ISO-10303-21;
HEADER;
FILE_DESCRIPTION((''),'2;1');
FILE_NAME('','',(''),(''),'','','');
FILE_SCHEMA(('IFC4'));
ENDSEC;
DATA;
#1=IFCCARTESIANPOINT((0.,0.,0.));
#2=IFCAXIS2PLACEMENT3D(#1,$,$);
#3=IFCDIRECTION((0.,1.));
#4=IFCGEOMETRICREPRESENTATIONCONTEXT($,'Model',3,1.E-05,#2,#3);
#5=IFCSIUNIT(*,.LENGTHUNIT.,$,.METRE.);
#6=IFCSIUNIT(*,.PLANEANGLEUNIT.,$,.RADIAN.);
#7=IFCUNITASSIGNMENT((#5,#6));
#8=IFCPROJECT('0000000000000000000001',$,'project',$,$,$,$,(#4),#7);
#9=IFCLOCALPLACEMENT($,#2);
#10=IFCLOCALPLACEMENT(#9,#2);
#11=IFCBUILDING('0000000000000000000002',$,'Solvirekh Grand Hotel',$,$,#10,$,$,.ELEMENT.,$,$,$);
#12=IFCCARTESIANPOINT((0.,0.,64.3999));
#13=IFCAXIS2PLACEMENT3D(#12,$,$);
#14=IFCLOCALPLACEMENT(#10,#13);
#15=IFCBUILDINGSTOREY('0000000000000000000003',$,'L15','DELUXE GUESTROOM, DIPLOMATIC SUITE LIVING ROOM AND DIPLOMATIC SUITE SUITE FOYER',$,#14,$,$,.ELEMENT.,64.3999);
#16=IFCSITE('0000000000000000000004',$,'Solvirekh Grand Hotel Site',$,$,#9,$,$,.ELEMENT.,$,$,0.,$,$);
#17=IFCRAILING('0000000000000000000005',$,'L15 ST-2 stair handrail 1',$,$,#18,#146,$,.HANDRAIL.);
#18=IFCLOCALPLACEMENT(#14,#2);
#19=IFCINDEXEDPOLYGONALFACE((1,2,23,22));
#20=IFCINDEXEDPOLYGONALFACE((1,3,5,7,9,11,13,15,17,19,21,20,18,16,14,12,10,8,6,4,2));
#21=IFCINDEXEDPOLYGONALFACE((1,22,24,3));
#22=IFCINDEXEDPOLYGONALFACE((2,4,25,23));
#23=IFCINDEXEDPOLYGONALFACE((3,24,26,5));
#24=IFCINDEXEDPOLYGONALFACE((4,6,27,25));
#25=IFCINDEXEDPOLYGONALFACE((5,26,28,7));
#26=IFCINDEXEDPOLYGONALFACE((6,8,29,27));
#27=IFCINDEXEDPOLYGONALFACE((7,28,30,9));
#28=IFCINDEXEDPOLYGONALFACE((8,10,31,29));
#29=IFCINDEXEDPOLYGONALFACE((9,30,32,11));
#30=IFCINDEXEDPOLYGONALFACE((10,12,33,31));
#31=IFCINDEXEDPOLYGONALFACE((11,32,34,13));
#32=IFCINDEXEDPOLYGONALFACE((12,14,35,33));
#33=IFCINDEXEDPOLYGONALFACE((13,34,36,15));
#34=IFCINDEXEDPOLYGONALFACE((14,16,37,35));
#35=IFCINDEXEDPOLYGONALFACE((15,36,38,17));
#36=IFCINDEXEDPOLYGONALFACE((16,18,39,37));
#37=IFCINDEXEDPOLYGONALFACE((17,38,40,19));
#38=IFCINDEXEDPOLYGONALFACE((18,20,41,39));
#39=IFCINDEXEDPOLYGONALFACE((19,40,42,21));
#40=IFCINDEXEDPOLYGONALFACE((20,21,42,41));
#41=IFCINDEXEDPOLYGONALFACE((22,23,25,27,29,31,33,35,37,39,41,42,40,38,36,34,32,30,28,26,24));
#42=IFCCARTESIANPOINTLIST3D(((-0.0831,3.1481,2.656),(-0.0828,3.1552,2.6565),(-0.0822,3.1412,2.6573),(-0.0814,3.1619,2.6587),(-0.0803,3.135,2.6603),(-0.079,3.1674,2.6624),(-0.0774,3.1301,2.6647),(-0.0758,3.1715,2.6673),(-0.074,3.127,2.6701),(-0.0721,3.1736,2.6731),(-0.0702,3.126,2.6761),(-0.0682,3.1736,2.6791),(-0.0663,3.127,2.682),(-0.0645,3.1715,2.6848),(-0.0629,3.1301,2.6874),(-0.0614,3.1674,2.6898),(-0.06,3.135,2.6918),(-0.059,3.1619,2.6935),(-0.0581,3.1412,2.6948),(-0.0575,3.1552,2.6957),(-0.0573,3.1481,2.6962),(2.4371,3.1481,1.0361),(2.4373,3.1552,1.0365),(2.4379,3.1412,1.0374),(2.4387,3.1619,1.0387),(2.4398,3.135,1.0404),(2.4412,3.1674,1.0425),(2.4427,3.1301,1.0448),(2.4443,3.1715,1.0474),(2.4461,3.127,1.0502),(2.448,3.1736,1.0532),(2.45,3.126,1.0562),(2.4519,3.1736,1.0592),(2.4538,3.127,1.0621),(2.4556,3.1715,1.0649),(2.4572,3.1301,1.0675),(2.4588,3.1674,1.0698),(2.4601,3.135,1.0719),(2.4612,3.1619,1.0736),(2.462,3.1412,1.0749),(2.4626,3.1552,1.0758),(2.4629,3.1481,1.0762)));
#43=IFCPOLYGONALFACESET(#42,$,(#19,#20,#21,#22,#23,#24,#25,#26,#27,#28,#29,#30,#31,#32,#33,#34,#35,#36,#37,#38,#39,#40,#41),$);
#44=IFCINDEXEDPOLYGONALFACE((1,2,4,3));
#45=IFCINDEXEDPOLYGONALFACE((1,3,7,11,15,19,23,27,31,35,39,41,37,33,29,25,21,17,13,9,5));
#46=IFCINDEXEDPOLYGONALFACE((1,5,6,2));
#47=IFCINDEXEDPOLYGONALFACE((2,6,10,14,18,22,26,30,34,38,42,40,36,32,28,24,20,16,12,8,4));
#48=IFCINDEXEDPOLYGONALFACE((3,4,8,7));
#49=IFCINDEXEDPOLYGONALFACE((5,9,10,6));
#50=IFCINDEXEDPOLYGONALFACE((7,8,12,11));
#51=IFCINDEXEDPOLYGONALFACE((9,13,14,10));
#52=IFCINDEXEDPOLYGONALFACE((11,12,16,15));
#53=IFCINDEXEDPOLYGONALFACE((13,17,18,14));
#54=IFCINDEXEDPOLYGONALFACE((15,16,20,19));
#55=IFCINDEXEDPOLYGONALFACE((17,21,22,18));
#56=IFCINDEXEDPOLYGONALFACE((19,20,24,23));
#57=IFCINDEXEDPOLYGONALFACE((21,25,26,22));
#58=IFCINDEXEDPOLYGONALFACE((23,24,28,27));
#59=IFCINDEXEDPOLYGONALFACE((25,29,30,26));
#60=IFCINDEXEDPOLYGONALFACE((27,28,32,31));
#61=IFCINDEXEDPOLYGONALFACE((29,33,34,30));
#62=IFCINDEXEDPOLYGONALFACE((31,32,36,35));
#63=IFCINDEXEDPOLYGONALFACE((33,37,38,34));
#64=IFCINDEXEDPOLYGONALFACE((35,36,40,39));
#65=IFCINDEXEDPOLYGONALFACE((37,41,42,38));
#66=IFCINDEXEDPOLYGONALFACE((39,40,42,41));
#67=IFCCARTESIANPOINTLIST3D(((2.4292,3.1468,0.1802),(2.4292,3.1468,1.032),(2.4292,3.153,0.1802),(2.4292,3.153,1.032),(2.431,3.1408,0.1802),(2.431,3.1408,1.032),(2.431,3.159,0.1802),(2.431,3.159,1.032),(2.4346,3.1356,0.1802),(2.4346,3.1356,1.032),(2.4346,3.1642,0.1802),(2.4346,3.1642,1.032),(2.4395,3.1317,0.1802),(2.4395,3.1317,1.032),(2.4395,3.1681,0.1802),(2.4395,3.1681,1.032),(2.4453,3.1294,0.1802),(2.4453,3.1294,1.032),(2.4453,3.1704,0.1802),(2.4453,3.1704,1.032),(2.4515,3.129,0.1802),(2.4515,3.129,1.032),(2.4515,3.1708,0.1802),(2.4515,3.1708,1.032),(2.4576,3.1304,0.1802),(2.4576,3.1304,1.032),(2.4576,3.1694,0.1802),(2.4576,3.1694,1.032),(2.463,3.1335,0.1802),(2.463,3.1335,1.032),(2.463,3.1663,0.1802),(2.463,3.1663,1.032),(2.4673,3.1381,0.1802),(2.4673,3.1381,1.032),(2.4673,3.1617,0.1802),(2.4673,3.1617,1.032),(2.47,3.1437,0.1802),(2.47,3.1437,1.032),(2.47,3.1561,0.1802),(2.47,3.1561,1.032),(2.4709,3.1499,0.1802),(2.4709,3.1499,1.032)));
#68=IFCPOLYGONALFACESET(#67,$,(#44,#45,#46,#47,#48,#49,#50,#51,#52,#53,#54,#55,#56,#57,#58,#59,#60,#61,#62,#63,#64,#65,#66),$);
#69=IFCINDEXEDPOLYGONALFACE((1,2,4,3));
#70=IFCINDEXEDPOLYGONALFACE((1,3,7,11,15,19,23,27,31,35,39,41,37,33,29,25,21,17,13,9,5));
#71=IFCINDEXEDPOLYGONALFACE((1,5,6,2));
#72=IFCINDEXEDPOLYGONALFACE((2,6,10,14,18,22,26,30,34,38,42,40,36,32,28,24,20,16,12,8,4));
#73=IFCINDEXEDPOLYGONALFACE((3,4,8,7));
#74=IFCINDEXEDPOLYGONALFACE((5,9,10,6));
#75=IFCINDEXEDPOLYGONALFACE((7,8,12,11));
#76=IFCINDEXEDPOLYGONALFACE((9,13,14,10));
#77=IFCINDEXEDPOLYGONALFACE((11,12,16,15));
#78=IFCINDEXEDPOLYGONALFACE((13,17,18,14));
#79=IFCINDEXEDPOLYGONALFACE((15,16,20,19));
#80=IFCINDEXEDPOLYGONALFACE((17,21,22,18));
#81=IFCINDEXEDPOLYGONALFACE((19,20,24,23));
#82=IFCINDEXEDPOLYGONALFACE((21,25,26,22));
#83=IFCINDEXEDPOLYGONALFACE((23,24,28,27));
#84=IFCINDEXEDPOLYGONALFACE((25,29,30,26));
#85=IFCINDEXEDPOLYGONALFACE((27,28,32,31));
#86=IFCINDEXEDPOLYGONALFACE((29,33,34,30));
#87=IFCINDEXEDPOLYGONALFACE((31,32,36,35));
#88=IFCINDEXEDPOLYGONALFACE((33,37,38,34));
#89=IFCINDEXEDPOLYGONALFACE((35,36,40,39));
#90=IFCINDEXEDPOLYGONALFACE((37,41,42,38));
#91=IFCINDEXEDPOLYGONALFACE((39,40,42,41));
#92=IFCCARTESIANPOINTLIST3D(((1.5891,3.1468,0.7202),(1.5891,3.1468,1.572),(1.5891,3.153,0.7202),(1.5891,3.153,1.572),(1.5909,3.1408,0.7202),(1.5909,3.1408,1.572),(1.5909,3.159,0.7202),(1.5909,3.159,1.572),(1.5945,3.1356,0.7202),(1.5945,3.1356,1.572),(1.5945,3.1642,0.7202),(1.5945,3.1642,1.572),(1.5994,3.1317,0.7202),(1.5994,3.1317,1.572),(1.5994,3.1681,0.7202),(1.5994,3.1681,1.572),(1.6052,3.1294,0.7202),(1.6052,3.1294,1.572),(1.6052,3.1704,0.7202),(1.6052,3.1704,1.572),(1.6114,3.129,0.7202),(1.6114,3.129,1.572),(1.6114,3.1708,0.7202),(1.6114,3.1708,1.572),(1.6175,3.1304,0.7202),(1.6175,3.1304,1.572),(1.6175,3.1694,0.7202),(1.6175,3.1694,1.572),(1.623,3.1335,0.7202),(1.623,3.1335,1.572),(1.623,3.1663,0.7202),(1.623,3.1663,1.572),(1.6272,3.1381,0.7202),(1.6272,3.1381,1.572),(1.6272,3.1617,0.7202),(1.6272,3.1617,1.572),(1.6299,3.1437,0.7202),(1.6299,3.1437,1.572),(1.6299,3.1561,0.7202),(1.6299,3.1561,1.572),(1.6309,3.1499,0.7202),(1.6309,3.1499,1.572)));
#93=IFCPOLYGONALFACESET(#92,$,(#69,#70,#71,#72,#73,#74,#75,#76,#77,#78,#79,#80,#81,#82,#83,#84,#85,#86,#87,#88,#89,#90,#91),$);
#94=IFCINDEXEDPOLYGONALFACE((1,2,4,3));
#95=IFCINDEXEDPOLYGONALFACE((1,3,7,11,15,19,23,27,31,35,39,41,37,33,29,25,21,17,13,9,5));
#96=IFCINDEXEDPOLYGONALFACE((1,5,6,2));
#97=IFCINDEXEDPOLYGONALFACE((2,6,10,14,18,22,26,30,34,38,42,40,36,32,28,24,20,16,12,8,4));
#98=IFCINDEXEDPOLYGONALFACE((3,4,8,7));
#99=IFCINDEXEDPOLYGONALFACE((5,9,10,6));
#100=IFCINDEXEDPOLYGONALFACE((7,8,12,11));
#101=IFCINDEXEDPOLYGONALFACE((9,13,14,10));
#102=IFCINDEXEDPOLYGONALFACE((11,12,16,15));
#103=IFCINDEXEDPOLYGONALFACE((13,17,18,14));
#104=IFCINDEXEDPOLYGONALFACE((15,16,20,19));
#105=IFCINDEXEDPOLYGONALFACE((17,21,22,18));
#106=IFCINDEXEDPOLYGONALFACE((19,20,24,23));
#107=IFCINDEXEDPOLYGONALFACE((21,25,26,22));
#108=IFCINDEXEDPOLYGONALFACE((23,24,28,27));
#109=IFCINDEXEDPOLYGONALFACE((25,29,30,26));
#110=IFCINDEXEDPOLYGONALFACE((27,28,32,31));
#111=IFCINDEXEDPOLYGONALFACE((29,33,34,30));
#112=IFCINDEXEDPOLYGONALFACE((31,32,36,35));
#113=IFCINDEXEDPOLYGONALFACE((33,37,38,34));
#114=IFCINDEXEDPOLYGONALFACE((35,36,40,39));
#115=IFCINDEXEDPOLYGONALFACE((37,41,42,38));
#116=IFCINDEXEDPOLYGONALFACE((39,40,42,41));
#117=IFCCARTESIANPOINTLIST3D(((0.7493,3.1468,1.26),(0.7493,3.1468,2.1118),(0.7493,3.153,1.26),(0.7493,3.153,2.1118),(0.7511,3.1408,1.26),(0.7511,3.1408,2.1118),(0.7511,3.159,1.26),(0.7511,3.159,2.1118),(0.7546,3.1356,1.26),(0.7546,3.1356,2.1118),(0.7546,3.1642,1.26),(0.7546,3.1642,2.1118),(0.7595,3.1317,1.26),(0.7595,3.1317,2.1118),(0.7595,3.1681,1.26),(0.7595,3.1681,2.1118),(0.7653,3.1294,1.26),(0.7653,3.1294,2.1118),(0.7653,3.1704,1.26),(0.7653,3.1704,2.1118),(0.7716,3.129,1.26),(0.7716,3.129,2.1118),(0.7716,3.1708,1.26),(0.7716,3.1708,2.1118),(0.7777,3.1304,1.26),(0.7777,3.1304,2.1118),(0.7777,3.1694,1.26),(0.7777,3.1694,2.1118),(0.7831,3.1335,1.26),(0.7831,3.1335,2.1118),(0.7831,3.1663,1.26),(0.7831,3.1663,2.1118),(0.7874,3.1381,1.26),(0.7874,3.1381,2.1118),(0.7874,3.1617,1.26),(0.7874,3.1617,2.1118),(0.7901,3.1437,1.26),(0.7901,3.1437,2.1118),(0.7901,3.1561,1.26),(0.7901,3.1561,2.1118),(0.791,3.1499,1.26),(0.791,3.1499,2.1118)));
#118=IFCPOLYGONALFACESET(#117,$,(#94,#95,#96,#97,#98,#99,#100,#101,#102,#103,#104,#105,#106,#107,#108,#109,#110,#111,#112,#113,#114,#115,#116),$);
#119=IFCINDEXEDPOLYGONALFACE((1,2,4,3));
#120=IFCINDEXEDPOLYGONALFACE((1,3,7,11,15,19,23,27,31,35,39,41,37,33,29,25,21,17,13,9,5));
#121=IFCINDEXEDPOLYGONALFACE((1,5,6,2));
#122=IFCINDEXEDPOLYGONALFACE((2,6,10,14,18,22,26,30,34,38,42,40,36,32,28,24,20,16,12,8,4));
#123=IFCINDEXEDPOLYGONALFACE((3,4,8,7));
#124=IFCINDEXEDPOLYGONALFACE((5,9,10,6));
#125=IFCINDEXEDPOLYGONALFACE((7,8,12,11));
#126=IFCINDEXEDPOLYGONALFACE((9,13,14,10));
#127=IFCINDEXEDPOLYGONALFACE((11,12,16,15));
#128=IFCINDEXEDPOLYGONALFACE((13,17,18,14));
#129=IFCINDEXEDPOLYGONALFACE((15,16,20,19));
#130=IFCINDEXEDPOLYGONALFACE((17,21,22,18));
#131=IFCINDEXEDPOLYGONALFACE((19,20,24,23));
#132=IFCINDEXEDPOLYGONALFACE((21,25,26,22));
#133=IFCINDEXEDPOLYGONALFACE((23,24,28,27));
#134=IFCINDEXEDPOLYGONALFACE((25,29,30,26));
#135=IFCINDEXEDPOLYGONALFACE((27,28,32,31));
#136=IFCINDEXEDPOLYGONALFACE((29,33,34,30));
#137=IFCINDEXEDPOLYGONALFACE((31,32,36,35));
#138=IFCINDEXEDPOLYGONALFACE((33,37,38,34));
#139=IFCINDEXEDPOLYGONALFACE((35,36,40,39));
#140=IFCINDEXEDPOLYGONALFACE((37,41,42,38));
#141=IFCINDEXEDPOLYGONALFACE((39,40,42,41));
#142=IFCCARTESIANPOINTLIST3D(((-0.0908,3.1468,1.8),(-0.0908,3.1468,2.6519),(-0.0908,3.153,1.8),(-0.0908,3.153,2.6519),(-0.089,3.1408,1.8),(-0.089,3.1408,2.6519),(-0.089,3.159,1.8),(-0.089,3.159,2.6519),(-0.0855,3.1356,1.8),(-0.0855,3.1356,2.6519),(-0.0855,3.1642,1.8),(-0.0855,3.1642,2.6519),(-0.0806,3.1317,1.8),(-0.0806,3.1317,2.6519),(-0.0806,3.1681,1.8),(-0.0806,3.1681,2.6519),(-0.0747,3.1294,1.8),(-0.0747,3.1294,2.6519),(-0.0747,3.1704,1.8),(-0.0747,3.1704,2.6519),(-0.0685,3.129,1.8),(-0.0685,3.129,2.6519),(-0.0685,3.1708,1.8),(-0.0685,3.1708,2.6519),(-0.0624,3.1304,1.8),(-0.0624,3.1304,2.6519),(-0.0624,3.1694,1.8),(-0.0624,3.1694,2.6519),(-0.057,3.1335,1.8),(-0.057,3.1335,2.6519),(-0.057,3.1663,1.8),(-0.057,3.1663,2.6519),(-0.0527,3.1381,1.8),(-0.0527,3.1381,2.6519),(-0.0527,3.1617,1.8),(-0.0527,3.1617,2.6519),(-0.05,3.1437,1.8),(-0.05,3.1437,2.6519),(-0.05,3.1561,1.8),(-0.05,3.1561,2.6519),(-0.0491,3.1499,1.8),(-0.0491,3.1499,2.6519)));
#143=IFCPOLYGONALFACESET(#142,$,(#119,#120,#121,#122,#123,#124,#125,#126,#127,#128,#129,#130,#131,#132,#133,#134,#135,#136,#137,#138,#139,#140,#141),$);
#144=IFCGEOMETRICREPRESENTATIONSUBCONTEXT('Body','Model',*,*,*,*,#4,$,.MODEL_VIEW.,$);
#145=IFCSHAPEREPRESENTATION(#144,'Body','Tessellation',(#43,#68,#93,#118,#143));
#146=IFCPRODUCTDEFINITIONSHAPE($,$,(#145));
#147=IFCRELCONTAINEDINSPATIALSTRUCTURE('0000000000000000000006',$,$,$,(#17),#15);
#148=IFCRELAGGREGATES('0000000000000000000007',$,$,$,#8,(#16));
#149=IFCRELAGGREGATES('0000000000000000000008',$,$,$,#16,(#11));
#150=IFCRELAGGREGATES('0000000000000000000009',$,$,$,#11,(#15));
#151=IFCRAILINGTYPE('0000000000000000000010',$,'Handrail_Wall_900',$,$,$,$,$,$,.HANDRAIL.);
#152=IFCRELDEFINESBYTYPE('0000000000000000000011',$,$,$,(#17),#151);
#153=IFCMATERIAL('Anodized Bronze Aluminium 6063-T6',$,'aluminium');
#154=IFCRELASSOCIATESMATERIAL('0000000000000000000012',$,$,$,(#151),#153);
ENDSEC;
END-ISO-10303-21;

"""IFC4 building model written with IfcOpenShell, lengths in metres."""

from ifc_helpers import new_model, si_unit, direction, frame, origin, origin_2d, place, context, subcontext, project, spatial, circle, extrude, material, type_object, element, save


model = new_model("IFC4")

# Units and contexts
model_context = context("Model", 3, precision=1e-05, world=origin(), true_north=direction((0.0, 1.0)))
body_context = subcontext(model_context, "Body", "Model", "MODEL_VIEW")
ifc_project = project(units=[si_unit("LENGTHUNIT", "METRE"), si_unit("PLANEANGLEUNIT", "RADIAN")], contexts=[model_context])

# Site, building, storey
site_placement = place(None, origin())
site = spatial("IfcSite", under=ifc_project, at=site_placement, Name="Solvirekh Grand Hotel Site", CompositionType="ELEMENT", RefElevation=0.0)
building_placement = place(site_placement, origin())
building = spatial("IfcBuilding", under=site, at=building_placement, Name="Solvirekh Grand Hotel", CompositionType="ELEMENT")
storey_placement = place(building_placement, frame((0.0, 0.0, 64.3999)))
storey = spatial("IfcBuildingStorey", under=building, at=storey_placement, Name="L15", Description="DELUXE GUESTROOM, DIPLOMATIC SUITE LIVING ROOM AND DIPLOMATIC SUITE SUITE FOYER", CompositionType="ELEMENT", Elevation=64.3999)

# Shared definitions
ifc_material_1 = material(Name="Anodized Bronze Aluminium 6063-T6", Category="aluminium")

# Railing
railing_type_1 = type_object("IfcRailingType", Name="Handrail_Wall_900", PredefinedType="HANDRAIL", material=ifc_material_1)
railing_1_placement = place(storey_placement, frame((2.45, 3.1499, 0.1802)))
element("IfcRailing", 1, at=railing_1_placement, inside=storey, type_object=railing_type_1, Name="L15 ST-2 stair handrail 1", PredefinedType="HANDRAIL", context=body_context, shape_type="SweptSolid", body=[
    extrude(circle(Radius=0.0239, at=origin_2d()), frame((0.0, 0.0, 0.876), z_axis=(-0.8412, 0.0, 0.540725), x_axis=(0.0, -1.0, 0.0)), (0.0, 0.0, 1.0), 2.9958),
    extrude(circle(Radius=0.021, at=origin_2d()), origin(), (0.0, 0.0, 1.0), 0.8518),
    extrude(circle(Radius=0.021, at=origin_2d()), frame((-0.8401, 0.0, 0.54)), (0.0, 0.0, 1.0), 0.8518),
    extrude(circle(Radius=0.021, at=origin_2d()), frame((-1.6799, 0.0, 1.0798)), (0.0, 0.0, 1.0), 0.8518),
    extrude(circle(Radius=0.021, at=origin_2d()), frame((-2.52, 0.0, 1.6199)), (0.0, 0.0, 1.0), 0.8518),
])

save(model, "model.ifc")
